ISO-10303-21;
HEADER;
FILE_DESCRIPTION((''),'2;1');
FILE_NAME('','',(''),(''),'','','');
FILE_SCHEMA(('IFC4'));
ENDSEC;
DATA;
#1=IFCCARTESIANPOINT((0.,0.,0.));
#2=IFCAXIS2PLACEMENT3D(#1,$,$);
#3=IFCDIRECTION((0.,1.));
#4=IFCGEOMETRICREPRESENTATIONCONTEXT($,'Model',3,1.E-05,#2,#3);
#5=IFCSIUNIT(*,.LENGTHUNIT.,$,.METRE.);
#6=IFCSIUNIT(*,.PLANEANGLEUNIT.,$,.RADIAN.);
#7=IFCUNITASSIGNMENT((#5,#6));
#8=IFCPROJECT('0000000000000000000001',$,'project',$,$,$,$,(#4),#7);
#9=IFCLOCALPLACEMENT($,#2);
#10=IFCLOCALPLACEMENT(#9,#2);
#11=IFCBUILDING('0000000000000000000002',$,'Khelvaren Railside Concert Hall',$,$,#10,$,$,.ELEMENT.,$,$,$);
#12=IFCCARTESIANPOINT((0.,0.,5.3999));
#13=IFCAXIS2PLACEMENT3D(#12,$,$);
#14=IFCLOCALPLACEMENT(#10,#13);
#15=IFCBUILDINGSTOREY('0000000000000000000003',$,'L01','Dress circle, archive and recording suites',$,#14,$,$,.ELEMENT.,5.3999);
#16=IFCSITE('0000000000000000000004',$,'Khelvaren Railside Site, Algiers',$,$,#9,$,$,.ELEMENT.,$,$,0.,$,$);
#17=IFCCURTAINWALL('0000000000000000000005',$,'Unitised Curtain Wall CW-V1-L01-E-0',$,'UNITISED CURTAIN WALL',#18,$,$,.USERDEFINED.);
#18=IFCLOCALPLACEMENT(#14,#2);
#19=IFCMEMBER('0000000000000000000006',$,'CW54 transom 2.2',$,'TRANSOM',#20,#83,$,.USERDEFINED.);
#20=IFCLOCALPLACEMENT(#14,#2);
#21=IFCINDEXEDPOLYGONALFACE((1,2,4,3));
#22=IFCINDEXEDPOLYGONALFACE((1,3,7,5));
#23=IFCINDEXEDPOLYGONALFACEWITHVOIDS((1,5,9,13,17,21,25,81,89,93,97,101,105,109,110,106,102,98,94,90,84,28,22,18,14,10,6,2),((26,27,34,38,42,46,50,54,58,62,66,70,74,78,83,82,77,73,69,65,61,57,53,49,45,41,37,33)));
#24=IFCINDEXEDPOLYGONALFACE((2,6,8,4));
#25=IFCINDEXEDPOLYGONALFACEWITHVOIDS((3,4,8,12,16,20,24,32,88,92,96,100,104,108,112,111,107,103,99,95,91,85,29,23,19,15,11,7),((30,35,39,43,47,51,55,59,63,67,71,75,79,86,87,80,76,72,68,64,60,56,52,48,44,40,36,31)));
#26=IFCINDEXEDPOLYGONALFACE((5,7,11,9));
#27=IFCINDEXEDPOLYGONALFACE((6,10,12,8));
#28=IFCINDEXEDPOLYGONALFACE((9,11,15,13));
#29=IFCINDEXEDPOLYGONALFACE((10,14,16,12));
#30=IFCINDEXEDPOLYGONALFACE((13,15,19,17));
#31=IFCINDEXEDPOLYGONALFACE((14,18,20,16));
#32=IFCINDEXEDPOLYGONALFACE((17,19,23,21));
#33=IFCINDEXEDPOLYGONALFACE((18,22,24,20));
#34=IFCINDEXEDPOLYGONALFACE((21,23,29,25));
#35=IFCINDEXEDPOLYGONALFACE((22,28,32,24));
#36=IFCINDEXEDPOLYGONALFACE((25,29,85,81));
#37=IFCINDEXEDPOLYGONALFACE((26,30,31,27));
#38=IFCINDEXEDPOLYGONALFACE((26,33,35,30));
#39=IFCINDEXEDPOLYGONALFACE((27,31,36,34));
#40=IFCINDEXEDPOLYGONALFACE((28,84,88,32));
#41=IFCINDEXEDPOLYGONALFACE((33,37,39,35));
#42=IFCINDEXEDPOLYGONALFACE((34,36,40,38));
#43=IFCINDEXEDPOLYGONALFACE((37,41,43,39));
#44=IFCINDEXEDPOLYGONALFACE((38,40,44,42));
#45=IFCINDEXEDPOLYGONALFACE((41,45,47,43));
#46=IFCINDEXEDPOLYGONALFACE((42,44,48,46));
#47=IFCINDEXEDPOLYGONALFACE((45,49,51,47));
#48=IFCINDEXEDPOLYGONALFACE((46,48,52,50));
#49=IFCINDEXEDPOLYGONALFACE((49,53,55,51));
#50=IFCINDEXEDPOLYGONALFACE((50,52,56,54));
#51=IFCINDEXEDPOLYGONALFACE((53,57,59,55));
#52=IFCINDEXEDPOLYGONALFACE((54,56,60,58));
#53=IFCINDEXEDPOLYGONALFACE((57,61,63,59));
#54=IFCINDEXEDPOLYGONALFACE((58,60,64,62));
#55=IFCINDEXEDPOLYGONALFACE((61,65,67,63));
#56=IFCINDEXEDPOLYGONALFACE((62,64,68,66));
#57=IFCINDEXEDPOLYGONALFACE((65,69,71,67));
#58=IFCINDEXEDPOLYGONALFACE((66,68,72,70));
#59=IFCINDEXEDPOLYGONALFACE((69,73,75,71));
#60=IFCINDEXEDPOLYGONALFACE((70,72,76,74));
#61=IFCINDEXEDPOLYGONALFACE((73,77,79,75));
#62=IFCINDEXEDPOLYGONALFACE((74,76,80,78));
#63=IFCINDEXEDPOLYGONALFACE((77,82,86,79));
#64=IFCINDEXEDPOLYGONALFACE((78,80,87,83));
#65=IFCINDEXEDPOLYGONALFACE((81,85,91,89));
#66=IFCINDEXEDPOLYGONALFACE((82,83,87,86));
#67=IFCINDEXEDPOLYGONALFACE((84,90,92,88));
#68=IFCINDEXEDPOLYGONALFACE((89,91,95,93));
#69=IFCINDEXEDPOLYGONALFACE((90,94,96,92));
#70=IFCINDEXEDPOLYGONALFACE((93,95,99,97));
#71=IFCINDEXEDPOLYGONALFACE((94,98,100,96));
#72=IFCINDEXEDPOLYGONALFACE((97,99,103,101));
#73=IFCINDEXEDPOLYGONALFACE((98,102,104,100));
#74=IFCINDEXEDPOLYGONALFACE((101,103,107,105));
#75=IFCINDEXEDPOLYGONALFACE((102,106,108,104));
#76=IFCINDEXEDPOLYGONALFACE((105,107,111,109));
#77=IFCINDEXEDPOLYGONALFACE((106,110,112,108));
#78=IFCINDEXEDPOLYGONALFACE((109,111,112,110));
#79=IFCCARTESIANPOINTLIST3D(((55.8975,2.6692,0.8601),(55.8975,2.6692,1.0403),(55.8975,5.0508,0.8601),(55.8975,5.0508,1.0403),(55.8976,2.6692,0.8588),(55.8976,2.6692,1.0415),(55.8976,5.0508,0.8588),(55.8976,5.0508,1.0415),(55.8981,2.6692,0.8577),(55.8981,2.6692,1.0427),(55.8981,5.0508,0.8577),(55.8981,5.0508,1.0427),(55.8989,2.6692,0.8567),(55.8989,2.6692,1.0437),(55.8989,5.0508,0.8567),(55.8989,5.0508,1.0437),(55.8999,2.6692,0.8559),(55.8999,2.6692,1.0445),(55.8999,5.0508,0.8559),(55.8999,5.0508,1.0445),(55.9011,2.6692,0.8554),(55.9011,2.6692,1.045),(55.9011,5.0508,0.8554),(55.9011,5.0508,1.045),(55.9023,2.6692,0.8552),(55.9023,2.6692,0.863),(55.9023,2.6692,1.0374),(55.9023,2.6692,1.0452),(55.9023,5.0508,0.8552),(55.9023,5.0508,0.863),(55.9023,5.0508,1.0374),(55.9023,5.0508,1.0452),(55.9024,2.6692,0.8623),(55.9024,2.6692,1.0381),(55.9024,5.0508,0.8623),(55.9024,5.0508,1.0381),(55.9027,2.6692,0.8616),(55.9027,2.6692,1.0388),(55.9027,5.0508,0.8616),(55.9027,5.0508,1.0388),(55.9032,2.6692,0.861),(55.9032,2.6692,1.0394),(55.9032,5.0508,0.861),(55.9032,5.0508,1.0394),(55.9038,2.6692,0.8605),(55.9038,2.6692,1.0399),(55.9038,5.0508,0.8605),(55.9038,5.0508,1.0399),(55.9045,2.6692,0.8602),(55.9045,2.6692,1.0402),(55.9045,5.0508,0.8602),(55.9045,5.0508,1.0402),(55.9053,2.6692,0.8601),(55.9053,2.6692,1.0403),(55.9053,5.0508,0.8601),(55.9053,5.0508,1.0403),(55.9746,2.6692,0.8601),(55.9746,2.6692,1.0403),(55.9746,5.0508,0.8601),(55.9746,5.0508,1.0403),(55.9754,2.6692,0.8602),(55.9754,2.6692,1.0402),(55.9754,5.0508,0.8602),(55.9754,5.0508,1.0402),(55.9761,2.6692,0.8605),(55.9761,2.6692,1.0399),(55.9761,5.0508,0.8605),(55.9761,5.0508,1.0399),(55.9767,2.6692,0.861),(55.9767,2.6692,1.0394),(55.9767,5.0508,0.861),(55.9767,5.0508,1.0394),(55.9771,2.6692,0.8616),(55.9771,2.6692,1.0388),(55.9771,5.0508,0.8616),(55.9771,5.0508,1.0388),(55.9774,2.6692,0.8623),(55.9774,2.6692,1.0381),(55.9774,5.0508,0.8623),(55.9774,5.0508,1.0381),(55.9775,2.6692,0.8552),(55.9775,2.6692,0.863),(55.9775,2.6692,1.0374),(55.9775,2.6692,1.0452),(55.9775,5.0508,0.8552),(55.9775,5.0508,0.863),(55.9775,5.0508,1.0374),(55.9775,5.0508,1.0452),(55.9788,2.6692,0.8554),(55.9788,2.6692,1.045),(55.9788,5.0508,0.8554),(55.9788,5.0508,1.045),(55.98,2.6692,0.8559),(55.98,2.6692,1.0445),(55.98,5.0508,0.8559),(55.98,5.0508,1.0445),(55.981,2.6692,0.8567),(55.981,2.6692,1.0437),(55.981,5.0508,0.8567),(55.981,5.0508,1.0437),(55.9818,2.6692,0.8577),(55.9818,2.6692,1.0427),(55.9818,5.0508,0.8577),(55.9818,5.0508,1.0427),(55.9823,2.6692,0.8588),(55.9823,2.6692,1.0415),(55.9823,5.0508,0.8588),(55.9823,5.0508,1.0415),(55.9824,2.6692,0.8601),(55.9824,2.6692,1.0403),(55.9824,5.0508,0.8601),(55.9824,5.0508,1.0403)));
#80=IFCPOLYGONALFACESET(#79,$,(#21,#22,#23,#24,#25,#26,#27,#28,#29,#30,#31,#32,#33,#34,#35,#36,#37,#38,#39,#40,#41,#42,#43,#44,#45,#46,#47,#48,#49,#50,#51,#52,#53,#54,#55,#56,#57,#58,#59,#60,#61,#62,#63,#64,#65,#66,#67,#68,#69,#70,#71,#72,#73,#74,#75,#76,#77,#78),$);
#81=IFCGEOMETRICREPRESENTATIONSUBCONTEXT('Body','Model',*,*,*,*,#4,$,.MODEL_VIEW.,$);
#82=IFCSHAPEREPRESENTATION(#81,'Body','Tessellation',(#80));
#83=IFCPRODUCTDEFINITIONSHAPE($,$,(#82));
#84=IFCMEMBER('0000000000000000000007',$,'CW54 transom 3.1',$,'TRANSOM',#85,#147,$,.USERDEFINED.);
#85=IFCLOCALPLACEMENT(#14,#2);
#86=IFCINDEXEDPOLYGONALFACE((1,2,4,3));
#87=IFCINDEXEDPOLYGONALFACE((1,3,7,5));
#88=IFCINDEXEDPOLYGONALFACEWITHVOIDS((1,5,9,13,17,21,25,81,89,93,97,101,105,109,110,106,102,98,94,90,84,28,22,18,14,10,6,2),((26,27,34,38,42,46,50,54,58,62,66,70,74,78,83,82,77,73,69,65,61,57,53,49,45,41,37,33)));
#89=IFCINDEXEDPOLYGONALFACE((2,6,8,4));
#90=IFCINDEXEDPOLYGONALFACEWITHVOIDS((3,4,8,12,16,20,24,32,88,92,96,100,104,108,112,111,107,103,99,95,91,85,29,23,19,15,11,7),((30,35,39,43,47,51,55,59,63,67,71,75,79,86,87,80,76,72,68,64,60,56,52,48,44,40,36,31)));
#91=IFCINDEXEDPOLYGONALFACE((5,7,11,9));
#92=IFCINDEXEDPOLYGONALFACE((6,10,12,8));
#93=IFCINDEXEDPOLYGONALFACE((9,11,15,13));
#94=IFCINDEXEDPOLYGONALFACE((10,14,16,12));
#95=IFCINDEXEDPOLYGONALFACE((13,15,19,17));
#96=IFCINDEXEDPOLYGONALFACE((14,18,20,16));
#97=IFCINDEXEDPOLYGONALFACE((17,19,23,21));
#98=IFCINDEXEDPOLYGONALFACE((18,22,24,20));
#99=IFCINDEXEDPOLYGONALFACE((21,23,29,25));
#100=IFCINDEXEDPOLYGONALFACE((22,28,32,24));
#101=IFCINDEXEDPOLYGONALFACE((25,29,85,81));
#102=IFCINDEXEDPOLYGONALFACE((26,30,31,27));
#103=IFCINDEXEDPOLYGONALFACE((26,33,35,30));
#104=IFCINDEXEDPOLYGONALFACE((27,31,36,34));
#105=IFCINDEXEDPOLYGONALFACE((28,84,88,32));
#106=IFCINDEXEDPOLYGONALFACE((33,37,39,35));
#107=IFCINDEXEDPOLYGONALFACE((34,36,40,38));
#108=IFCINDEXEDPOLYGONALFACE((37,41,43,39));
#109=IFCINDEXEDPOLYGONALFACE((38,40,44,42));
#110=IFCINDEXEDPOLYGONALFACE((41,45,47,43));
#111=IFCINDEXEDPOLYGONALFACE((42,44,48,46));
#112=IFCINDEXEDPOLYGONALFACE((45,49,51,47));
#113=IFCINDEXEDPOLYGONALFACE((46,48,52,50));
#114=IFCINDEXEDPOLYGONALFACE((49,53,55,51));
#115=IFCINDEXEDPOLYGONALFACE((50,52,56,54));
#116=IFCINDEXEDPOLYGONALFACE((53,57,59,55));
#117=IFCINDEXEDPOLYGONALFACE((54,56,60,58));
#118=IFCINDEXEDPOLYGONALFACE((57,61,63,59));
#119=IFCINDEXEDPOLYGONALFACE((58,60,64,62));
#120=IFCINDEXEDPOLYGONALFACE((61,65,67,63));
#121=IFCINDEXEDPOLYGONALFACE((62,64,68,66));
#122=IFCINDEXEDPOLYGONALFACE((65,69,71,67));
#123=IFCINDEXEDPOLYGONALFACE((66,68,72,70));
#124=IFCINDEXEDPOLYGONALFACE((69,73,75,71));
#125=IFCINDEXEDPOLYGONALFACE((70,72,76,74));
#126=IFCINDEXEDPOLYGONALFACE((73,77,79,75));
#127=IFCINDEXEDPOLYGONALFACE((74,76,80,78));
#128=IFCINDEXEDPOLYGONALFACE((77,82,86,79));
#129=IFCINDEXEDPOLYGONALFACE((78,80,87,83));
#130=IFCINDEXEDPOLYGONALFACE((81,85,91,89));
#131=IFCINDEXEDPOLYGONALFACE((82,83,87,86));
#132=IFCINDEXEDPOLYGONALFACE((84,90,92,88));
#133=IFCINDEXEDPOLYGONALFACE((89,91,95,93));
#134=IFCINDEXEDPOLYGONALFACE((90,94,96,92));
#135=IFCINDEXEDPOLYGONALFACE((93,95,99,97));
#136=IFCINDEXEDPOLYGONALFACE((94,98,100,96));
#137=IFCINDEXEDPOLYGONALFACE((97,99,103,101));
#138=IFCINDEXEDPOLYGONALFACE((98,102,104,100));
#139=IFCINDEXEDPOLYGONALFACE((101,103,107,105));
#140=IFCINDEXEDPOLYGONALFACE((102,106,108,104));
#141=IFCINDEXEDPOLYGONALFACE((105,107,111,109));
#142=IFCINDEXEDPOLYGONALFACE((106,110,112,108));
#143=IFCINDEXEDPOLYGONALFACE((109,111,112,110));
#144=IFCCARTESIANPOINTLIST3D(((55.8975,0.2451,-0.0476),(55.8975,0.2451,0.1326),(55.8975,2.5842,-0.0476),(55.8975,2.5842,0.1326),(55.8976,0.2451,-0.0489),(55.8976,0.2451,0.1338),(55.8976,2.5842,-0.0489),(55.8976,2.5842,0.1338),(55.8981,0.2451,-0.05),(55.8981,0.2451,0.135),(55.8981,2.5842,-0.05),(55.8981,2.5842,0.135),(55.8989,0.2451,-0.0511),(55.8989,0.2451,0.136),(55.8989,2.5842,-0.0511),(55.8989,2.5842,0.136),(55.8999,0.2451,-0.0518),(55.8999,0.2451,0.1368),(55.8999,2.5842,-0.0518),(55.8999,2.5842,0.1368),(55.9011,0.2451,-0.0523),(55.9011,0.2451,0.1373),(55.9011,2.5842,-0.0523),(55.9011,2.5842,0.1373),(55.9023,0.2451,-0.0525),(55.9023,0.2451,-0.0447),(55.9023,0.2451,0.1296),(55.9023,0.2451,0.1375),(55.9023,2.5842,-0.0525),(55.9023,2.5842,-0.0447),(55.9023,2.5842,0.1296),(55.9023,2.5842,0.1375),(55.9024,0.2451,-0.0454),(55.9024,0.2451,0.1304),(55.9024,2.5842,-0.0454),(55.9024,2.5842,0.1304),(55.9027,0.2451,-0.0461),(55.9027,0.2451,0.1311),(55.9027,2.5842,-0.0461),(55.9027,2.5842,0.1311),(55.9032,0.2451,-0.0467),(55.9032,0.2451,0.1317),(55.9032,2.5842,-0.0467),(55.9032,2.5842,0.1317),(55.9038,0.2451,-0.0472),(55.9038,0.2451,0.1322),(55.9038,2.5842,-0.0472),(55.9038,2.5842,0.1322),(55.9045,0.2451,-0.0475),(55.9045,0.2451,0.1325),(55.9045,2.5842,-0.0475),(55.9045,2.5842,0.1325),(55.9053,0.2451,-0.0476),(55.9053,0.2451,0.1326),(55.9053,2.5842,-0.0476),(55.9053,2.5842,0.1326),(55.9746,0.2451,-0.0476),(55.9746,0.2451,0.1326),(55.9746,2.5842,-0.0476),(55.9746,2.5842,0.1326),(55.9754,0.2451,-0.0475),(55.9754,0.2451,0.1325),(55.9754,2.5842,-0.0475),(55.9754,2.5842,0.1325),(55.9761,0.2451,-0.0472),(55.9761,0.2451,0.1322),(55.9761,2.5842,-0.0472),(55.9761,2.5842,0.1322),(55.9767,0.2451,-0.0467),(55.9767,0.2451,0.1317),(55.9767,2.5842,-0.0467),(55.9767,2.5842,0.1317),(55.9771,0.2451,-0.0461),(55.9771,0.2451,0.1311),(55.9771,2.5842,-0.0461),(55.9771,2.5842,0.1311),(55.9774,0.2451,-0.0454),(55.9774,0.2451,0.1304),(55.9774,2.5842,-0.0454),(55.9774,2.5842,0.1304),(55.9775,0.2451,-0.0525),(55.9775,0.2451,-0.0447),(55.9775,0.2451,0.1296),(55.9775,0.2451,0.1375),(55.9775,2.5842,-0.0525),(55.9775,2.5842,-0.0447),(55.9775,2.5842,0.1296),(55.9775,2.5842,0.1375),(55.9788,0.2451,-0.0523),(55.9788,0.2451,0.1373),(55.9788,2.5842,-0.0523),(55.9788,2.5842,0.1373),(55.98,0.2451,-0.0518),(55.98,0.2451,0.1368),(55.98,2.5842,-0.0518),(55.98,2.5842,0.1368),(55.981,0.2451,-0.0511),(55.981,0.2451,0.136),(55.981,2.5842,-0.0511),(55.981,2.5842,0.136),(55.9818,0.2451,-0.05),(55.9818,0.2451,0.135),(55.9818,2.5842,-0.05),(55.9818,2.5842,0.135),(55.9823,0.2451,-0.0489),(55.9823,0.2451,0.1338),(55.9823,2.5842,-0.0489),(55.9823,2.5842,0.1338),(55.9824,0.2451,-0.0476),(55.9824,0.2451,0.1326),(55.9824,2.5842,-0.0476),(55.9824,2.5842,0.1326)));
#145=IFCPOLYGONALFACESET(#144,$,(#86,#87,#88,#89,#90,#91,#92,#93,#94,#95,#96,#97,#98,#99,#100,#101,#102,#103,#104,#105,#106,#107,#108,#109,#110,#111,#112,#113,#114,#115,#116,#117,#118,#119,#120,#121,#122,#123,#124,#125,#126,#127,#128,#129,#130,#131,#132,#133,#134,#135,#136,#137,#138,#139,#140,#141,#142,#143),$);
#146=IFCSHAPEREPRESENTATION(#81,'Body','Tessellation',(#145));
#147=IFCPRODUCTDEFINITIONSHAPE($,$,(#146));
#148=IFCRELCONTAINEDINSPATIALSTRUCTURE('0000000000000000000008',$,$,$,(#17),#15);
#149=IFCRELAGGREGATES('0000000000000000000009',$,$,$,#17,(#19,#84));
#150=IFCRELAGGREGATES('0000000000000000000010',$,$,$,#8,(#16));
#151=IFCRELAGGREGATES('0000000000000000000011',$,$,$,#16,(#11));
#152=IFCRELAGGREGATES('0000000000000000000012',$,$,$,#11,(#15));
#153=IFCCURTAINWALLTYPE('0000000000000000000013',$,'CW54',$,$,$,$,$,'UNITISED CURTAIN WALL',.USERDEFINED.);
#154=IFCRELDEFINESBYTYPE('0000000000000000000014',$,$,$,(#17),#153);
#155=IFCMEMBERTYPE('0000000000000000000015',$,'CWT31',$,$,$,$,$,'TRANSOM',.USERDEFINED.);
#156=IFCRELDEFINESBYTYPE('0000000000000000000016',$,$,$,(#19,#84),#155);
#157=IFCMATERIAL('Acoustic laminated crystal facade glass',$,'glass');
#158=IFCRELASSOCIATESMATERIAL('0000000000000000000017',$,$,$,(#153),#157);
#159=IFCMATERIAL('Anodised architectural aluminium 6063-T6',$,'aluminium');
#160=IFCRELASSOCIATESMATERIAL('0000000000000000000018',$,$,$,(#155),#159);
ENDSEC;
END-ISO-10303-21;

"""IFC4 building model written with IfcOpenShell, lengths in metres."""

from ifc_helpers import new_model, si_unit, direction, frame, origin, origin_2d, place, context, subcontext, project, spatial, hollow_rectangle, extrude, material, material_profile, profile_set, type_object, element, aggregate, save


model = new_model("IFC4")

# Units and contexts
model_context = context("Model", 3, precision=1e-05, world=origin(), true_north=direction((0.0, 1.0)))
body_context = subcontext(model_context, "Body", "Model", "MODEL_VIEW")
ifc_project = project(units=[si_unit("LENGTHUNIT", "METRE"), si_unit("PLANEANGLEUNIT", "RADIAN")], contexts=[model_context])

# Site, building, storey
site_placement = place(None, origin())
site = spatial("IfcSite", under=ifc_project, at=site_placement, Name="Khelvaren Railside Site, Algiers", CompositionType="ELEMENT", RefElevation=0.0)
building_placement = place(site_placement, origin())
building = spatial("IfcBuilding", under=site, at=building_placement, Name="Khelvaren Railside Concert Hall", CompositionType="ELEMENT")
storey_placement = place(building_placement, frame((0.0, 0.0, 5.3999)))
storey = spatial("IfcBuildingStorey", under=building, at=storey_placement, Name="L01", Description="Dress circle, archive and recording suites", CompositionType="ELEMENT", Elevation=5.3999)

# Curtain wall, members
ifc_material_1 = material(Name="Acoustic laminated crystal facade glass", Category="glass")
curtain_wall_type = type_object("IfcCurtainWallType", Name="CW54", ElementType="UNITISED CURTAIN WALL", PredefinedType="USERDEFINED", material=ifc_material_1)
curtain_wall_placement = place(storey_placement, origin())
curtain_wall = element("IfcCurtainWall", 1, at=curtain_wall_placement, inside=storey, type_object=curtain_wall_type, Name="Unitised Curtain Wall CW-V1-L01-E-0", ObjectType="UNITISED CURTAIN WALL", PredefinedType="USERDEFINED")
ifc_material_2 = material(Name="Anodised architectural aluminium 6063-T6", Category="aluminium")
ifc_material_profile_1 = material_profile(ifc_material_2, hollow_rectangle(XDim=0.085, YDim=0.1899, WallThickness=0.0049, InnerFilletRadius=0.0029, OuterFilletRadius=0.0049, at=origin_2d()), Name="CWT 85x190x5")
ifc_profile_set_1 = profile_set([ifc_material_profile_1], Name="Anodised architectural aluminium 6063-T6")
member_type_1 = type_object("IfcMemberType", Name="CWT31", ElementType="TRANSOM", PredefinedType="USERDEFINED", material=ifc_profile_set_1)
member_1_placement = place(storey_placement, frame((55.9399, 5.0508, 0.9502), z_axis=(0.0, -1.0, 0.0), x_axis=(1.0, 0.0, 0.0)))
member_1 = element("IfcMember", 2, at=member_1_placement, type_object=member_type_1, Name="CW54 transom 2.2", ObjectType="TRANSOM", PredefinedType="USERDEFINED", context=body_context, shape_type="SweptSolid", body=[
    extrude(hollow_rectangle(XDim=0.085, YDim=0.1899, WallThickness=0.0049, InnerFilletRadius=0.0029, OuterFilletRadius=0.0049, at=origin_2d()), origin(), (0.0, 0.0, 1.0), 2.3816),
])
member_2_placement = place(storey_placement, frame((55.9399, 2.5842, 0.0425), z_axis=(0.0, -1.0, 0.0), x_axis=(1.0, 0.0, 0.0)))
member_2 = element("IfcMember", 3, at=member_2_placement, type_object=member_type_1, Name="CW54 transom 3.1", ObjectType="TRANSOM", PredefinedType="USERDEFINED", context=body_context, shape_type="SweptSolid", body=[
    extrude(hollow_rectangle(XDim=0.085, YDim=0.1899, WallThickness=0.0049, InnerFilletRadius=0.0029, OuterFilletRadius=0.0049, at=origin_2d()), origin(), (0.0, 0.0, 1.0), 2.3391),
])

aggregate(curtain_wall, [member_1, member_2])

save(model, "model.ifc")
